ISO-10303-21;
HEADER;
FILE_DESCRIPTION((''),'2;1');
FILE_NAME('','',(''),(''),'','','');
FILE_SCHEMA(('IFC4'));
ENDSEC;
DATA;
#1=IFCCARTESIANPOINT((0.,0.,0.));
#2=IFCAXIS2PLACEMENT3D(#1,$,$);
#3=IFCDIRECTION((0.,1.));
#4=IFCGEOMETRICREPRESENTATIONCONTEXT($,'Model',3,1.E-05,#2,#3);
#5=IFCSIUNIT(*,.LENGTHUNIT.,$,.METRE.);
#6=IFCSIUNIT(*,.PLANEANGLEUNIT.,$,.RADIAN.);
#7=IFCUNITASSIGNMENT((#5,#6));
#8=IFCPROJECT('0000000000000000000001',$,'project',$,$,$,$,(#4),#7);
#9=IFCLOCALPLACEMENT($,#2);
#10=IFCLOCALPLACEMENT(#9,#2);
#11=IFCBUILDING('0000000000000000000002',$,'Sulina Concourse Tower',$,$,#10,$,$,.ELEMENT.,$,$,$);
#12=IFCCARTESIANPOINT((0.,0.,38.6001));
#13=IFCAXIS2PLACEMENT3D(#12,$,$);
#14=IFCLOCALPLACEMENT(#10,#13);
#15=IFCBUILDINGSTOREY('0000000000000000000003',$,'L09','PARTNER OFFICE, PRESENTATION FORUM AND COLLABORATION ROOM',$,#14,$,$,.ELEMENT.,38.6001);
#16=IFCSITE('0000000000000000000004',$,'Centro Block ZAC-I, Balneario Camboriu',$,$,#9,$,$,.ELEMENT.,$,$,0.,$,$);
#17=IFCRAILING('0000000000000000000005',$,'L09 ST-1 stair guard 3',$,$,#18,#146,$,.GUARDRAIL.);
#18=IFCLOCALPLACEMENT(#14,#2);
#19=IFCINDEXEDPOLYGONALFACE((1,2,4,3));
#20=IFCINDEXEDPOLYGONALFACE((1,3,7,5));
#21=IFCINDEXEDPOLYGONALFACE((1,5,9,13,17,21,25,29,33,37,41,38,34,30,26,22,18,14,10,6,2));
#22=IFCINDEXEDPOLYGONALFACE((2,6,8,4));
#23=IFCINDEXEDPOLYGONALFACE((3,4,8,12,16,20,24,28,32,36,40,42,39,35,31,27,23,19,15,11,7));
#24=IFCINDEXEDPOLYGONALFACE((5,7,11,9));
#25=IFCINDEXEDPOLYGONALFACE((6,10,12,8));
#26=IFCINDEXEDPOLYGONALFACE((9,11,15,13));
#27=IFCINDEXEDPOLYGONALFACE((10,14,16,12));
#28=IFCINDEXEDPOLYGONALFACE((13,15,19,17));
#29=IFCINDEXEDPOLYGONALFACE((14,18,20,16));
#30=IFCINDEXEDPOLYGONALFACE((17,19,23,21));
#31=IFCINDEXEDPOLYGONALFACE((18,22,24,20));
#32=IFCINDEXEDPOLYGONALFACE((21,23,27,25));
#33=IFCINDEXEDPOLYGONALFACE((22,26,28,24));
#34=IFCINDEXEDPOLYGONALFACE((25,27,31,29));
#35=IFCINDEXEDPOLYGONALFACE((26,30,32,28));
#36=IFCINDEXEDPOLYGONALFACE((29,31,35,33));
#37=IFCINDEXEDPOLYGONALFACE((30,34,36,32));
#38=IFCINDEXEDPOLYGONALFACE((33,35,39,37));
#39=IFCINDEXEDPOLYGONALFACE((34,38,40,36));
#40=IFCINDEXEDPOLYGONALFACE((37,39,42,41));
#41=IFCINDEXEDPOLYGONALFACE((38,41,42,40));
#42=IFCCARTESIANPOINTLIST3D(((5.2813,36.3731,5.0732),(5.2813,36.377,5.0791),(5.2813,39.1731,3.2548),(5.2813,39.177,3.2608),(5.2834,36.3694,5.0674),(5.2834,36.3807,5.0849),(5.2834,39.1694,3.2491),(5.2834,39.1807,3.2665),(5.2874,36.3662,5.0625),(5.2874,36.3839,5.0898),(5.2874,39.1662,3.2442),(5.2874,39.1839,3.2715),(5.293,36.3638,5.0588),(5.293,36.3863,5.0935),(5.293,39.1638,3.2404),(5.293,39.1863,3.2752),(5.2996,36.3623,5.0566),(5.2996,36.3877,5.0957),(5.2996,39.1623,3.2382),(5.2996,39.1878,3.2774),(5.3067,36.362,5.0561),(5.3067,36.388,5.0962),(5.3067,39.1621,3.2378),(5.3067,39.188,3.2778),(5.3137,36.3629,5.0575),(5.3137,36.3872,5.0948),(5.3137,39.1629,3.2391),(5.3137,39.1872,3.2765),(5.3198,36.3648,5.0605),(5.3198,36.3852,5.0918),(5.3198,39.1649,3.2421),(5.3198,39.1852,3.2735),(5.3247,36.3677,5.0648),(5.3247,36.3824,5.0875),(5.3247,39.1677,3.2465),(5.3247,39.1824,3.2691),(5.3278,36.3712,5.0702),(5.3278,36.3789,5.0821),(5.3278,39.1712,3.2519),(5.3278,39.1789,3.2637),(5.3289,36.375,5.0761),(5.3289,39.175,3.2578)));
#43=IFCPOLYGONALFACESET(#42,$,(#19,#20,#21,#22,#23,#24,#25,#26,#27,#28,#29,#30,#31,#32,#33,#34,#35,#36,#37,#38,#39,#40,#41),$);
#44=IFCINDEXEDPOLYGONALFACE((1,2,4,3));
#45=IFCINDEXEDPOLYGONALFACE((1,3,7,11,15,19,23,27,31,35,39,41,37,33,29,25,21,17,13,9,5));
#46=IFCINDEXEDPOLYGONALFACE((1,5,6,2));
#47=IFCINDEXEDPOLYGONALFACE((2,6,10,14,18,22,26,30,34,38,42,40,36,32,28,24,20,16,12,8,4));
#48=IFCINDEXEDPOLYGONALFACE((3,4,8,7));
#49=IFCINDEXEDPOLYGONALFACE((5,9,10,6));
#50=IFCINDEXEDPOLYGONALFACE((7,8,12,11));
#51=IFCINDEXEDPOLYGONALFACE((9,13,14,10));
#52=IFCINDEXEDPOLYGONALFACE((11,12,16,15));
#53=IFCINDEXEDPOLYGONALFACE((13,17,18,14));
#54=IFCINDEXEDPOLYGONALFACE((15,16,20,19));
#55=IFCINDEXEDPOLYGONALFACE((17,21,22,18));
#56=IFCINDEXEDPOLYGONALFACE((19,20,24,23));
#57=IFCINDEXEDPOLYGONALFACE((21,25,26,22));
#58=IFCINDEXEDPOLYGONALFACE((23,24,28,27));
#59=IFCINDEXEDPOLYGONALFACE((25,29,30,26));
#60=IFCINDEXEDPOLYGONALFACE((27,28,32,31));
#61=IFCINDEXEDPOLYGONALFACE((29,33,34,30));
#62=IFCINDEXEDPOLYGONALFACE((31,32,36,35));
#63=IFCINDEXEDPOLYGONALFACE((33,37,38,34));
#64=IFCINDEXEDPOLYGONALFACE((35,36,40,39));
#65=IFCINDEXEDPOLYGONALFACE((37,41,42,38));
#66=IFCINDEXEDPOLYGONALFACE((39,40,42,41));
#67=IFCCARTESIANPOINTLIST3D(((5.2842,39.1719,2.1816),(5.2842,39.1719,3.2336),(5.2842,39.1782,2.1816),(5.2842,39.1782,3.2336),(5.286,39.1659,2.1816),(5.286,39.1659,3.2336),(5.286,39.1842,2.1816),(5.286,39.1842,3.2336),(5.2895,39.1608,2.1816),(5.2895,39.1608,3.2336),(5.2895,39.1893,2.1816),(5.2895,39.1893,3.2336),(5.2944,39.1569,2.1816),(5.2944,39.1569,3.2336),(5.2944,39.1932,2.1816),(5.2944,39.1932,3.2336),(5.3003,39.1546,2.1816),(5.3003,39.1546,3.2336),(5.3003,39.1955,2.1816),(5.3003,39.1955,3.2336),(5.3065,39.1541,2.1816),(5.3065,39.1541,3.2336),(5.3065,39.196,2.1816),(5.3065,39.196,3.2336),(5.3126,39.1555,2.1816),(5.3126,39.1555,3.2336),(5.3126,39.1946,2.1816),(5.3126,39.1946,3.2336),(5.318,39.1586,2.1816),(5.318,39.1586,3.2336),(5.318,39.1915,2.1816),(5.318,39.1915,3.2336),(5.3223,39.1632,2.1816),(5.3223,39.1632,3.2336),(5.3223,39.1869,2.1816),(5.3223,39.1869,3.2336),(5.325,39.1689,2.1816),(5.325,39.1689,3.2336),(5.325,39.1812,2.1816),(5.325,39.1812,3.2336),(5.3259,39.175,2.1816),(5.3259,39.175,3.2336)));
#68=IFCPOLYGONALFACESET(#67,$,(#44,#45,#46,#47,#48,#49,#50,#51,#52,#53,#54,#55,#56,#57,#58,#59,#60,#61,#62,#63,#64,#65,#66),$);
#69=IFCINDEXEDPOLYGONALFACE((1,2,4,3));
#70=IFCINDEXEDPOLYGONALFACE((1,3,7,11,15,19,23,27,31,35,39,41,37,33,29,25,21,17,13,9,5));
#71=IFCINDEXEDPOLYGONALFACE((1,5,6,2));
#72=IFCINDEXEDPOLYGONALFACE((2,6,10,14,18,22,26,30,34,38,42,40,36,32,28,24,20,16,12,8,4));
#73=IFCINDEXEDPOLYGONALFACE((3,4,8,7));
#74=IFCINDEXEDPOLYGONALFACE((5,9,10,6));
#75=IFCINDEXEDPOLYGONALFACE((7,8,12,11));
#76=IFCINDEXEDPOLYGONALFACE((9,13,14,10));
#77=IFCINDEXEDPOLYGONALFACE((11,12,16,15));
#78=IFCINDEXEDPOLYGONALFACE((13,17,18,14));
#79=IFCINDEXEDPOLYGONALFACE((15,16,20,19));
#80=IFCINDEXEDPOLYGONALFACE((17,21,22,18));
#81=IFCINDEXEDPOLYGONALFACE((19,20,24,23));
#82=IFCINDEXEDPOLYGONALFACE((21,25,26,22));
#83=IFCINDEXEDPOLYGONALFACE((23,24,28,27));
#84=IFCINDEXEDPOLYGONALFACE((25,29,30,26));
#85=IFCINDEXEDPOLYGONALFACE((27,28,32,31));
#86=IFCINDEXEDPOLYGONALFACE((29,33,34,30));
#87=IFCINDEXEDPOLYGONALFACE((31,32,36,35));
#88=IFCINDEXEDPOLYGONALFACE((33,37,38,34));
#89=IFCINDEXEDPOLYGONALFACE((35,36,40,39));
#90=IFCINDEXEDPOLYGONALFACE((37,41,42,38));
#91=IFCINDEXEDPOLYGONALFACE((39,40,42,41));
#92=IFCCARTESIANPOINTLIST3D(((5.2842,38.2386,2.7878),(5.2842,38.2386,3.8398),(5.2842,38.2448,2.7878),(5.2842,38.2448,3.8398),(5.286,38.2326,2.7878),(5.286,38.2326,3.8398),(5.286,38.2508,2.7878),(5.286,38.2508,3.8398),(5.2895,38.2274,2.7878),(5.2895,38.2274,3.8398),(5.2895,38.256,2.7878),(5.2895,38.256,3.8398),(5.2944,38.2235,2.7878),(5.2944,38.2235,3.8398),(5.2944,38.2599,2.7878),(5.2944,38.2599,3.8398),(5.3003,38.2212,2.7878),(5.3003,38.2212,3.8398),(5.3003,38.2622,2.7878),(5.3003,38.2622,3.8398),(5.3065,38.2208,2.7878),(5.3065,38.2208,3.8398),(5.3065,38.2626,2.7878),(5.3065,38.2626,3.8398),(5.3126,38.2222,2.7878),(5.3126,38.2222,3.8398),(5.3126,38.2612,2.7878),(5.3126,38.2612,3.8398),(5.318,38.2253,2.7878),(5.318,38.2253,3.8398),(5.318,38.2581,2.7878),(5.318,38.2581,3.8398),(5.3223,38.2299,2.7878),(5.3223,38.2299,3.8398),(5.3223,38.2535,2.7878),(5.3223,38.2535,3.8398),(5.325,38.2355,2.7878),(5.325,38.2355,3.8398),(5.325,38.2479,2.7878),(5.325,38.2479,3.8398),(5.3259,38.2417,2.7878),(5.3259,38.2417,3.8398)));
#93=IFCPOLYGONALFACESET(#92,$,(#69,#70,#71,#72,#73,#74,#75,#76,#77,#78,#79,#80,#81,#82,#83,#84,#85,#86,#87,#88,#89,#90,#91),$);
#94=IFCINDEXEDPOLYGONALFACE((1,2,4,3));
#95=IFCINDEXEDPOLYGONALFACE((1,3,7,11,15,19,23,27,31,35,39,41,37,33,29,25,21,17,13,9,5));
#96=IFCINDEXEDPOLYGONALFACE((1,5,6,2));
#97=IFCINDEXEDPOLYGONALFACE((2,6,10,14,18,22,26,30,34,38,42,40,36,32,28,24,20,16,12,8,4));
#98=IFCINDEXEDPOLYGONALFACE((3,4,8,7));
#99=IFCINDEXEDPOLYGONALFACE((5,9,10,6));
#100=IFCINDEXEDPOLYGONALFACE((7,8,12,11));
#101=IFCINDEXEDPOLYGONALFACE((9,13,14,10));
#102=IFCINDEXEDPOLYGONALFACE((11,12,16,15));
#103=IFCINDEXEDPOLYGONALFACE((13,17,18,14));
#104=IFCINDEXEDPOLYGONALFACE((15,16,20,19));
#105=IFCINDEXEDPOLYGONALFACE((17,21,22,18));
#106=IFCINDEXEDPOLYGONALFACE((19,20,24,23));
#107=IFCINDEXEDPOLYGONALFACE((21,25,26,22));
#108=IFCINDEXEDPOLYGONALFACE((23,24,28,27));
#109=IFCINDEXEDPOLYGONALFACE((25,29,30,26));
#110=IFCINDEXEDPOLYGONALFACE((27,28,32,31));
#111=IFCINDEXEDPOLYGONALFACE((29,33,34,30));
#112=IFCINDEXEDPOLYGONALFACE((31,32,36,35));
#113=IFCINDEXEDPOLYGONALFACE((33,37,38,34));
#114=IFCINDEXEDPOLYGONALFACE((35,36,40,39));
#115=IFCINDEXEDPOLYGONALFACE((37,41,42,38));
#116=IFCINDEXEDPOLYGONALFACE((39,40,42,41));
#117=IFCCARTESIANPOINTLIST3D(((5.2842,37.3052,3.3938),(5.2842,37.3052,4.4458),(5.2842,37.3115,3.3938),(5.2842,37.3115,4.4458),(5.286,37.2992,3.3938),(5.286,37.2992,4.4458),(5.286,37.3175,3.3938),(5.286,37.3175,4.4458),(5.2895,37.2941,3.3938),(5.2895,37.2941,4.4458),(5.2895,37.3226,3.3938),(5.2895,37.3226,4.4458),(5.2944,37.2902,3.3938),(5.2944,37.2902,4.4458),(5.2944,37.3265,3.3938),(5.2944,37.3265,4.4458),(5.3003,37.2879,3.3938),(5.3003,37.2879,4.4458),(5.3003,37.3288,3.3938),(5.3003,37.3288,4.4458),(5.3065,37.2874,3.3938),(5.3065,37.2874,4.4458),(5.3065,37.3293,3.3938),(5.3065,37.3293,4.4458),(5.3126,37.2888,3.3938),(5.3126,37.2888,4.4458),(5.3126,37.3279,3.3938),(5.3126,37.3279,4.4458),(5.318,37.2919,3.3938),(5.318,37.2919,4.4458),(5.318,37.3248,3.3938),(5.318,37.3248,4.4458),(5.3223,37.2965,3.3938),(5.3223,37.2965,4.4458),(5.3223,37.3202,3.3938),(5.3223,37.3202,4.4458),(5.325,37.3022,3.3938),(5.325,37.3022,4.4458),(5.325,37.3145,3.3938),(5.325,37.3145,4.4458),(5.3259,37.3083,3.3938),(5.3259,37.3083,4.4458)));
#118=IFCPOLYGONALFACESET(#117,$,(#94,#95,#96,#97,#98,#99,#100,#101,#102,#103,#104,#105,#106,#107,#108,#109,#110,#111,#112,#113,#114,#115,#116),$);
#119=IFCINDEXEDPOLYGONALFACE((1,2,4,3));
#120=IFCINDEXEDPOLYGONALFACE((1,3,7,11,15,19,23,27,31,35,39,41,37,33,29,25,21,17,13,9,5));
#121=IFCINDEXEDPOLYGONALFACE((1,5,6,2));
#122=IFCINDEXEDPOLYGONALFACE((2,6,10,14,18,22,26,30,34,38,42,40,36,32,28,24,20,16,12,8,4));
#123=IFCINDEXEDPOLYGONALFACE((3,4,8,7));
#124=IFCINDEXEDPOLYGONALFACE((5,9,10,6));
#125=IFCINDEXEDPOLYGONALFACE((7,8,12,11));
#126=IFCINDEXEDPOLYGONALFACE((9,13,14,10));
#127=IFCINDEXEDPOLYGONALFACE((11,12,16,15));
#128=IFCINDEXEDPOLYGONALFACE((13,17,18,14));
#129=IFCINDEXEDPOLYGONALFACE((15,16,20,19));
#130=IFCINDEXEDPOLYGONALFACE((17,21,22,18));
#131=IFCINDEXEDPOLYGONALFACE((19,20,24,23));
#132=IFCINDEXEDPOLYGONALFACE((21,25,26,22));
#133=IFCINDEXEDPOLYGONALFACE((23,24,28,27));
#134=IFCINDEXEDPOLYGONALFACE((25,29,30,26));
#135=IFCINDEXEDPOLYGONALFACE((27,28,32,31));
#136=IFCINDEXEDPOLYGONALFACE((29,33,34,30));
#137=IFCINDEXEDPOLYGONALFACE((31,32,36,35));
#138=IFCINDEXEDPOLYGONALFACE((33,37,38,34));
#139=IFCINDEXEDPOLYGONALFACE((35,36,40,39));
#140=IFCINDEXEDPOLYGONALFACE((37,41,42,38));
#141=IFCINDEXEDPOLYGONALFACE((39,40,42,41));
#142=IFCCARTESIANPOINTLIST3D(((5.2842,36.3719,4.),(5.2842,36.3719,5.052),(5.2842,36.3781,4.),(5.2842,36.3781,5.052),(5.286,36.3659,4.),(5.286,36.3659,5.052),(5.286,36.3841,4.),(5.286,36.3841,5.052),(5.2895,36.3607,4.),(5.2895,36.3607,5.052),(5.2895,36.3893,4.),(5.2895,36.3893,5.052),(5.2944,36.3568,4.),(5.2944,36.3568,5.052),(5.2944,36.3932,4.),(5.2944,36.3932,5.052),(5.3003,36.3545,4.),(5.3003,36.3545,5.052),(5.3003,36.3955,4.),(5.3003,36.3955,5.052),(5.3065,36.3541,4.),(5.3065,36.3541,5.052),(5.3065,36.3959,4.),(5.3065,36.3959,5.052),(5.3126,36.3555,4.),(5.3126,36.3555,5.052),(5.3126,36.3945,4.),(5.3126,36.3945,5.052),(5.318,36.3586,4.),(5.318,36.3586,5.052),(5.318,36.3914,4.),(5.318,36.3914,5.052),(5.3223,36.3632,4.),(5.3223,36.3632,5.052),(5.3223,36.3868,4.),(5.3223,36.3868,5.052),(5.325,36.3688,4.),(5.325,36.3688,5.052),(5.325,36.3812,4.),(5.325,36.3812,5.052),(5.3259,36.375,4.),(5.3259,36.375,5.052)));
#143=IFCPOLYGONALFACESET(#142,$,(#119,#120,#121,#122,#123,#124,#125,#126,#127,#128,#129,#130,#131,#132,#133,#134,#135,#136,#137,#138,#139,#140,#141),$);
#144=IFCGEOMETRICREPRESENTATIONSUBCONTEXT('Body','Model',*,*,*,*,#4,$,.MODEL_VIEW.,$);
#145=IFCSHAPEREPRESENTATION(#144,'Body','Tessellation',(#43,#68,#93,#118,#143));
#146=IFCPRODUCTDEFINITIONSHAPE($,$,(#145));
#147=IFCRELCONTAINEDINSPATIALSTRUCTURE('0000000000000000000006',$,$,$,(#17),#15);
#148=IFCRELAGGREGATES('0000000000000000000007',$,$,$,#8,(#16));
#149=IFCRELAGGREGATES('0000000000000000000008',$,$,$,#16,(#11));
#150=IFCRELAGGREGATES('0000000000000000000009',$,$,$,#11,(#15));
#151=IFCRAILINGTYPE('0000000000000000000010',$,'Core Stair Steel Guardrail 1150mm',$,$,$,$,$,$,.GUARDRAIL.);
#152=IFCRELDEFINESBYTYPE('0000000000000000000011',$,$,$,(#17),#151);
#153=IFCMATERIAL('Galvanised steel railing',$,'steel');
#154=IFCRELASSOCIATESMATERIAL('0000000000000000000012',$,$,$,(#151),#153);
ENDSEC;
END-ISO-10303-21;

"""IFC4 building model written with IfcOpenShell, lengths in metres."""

from ifc_helpers import new_model, si_unit, direction, frame, origin, origin_2d, place, context, subcontext, project, spatial, circle, extrude, material, type_object, element, save


model = new_model("IFC4")

# Units and contexts
model_context = context("Model", 3, precision=1e-05, world=origin(), true_north=direction((0.0, 1.0)))
body_context = subcontext(model_context, "Body", "Model", "MODEL_VIEW")
ifc_project = project(units=[si_unit("LENGTHUNIT", "METRE"), si_unit("PLANEANGLEUNIT", "RADIAN")], contexts=[model_context])

# Site, building, storey
site_placement = place(None, origin())
site = spatial("IfcSite", under=ifc_project, at=site_placement, Name="Centro Block ZAC-I, Balneario Camboriu", CompositionType="ELEMENT", RefElevation=0.0)
building_placement = place(site_placement, origin())
building = spatial("IfcBuilding", under=site, at=building_placement, Name="Sulina Concourse Tower", CompositionType="ELEMENT")
storey_placement = place(building_placement, frame((0.0, 0.0, 38.6001)))
storey = spatial("IfcBuildingStorey", under=building, at=storey_placement, Name="L09", Description="PARTNER OFFICE, PRESENTATION FORUM AND COLLABORATION ROOM", CompositionType="ELEMENT", Elevation=38.6001)

# Railing
ifc_material_1 = material(Name="Galvanised steel railing", Category="steel")
railing_type_1 = type_object("IfcRailingType", Name="Core Stair Steel Guardrail 1150mm", PredefinedType="GUARDRAIL", material=ifc_material_1)
railing_1_placement = place(storey_placement, frame((5.3049, 39.175, 2.1816)))
element("IfcRailing", 1, at=railing_1_placement, inside=storey, type_object=railing_type_1, Name="L09 ST-1 stair guard 3", PredefinedType="GUARDRAIL", context=body_context, shape_type="SweptSolid", body=[
    extrude(circle(Radius=0.0239, at=origin_2d()), frame((0.0, 0.0, 1.0762), z_axis=(0.0, -0.838672, 0.544636), x_axis=(1.0, 0.0, 0.0)), (0.0, 0.0, 1.0), 3.3386),
    extrude(circle(Radius=0.021, at=origin_2d()), origin(), (0.0, 0.0, 1.0), 1.052),
    extrude(circle(Radius=0.021, at=origin_2d()), frame((0.0, -0.9333, 0.6062)), (0.0, 0.0, 1.0), 1.052),
    extrude(circle(Radius=0.021, at=origin_2d()), frame((0.0, -1.8667, 1.2122)), (0.0, 0.0, 1.0), 1.052),
    extrude(circle(Radius=0.021, at=origin_2d()), frame((0.0, -2.8, 1.8184)), (0.0, 0.0, 1.0), 1.052),
])

save(model, "model.ifc")
